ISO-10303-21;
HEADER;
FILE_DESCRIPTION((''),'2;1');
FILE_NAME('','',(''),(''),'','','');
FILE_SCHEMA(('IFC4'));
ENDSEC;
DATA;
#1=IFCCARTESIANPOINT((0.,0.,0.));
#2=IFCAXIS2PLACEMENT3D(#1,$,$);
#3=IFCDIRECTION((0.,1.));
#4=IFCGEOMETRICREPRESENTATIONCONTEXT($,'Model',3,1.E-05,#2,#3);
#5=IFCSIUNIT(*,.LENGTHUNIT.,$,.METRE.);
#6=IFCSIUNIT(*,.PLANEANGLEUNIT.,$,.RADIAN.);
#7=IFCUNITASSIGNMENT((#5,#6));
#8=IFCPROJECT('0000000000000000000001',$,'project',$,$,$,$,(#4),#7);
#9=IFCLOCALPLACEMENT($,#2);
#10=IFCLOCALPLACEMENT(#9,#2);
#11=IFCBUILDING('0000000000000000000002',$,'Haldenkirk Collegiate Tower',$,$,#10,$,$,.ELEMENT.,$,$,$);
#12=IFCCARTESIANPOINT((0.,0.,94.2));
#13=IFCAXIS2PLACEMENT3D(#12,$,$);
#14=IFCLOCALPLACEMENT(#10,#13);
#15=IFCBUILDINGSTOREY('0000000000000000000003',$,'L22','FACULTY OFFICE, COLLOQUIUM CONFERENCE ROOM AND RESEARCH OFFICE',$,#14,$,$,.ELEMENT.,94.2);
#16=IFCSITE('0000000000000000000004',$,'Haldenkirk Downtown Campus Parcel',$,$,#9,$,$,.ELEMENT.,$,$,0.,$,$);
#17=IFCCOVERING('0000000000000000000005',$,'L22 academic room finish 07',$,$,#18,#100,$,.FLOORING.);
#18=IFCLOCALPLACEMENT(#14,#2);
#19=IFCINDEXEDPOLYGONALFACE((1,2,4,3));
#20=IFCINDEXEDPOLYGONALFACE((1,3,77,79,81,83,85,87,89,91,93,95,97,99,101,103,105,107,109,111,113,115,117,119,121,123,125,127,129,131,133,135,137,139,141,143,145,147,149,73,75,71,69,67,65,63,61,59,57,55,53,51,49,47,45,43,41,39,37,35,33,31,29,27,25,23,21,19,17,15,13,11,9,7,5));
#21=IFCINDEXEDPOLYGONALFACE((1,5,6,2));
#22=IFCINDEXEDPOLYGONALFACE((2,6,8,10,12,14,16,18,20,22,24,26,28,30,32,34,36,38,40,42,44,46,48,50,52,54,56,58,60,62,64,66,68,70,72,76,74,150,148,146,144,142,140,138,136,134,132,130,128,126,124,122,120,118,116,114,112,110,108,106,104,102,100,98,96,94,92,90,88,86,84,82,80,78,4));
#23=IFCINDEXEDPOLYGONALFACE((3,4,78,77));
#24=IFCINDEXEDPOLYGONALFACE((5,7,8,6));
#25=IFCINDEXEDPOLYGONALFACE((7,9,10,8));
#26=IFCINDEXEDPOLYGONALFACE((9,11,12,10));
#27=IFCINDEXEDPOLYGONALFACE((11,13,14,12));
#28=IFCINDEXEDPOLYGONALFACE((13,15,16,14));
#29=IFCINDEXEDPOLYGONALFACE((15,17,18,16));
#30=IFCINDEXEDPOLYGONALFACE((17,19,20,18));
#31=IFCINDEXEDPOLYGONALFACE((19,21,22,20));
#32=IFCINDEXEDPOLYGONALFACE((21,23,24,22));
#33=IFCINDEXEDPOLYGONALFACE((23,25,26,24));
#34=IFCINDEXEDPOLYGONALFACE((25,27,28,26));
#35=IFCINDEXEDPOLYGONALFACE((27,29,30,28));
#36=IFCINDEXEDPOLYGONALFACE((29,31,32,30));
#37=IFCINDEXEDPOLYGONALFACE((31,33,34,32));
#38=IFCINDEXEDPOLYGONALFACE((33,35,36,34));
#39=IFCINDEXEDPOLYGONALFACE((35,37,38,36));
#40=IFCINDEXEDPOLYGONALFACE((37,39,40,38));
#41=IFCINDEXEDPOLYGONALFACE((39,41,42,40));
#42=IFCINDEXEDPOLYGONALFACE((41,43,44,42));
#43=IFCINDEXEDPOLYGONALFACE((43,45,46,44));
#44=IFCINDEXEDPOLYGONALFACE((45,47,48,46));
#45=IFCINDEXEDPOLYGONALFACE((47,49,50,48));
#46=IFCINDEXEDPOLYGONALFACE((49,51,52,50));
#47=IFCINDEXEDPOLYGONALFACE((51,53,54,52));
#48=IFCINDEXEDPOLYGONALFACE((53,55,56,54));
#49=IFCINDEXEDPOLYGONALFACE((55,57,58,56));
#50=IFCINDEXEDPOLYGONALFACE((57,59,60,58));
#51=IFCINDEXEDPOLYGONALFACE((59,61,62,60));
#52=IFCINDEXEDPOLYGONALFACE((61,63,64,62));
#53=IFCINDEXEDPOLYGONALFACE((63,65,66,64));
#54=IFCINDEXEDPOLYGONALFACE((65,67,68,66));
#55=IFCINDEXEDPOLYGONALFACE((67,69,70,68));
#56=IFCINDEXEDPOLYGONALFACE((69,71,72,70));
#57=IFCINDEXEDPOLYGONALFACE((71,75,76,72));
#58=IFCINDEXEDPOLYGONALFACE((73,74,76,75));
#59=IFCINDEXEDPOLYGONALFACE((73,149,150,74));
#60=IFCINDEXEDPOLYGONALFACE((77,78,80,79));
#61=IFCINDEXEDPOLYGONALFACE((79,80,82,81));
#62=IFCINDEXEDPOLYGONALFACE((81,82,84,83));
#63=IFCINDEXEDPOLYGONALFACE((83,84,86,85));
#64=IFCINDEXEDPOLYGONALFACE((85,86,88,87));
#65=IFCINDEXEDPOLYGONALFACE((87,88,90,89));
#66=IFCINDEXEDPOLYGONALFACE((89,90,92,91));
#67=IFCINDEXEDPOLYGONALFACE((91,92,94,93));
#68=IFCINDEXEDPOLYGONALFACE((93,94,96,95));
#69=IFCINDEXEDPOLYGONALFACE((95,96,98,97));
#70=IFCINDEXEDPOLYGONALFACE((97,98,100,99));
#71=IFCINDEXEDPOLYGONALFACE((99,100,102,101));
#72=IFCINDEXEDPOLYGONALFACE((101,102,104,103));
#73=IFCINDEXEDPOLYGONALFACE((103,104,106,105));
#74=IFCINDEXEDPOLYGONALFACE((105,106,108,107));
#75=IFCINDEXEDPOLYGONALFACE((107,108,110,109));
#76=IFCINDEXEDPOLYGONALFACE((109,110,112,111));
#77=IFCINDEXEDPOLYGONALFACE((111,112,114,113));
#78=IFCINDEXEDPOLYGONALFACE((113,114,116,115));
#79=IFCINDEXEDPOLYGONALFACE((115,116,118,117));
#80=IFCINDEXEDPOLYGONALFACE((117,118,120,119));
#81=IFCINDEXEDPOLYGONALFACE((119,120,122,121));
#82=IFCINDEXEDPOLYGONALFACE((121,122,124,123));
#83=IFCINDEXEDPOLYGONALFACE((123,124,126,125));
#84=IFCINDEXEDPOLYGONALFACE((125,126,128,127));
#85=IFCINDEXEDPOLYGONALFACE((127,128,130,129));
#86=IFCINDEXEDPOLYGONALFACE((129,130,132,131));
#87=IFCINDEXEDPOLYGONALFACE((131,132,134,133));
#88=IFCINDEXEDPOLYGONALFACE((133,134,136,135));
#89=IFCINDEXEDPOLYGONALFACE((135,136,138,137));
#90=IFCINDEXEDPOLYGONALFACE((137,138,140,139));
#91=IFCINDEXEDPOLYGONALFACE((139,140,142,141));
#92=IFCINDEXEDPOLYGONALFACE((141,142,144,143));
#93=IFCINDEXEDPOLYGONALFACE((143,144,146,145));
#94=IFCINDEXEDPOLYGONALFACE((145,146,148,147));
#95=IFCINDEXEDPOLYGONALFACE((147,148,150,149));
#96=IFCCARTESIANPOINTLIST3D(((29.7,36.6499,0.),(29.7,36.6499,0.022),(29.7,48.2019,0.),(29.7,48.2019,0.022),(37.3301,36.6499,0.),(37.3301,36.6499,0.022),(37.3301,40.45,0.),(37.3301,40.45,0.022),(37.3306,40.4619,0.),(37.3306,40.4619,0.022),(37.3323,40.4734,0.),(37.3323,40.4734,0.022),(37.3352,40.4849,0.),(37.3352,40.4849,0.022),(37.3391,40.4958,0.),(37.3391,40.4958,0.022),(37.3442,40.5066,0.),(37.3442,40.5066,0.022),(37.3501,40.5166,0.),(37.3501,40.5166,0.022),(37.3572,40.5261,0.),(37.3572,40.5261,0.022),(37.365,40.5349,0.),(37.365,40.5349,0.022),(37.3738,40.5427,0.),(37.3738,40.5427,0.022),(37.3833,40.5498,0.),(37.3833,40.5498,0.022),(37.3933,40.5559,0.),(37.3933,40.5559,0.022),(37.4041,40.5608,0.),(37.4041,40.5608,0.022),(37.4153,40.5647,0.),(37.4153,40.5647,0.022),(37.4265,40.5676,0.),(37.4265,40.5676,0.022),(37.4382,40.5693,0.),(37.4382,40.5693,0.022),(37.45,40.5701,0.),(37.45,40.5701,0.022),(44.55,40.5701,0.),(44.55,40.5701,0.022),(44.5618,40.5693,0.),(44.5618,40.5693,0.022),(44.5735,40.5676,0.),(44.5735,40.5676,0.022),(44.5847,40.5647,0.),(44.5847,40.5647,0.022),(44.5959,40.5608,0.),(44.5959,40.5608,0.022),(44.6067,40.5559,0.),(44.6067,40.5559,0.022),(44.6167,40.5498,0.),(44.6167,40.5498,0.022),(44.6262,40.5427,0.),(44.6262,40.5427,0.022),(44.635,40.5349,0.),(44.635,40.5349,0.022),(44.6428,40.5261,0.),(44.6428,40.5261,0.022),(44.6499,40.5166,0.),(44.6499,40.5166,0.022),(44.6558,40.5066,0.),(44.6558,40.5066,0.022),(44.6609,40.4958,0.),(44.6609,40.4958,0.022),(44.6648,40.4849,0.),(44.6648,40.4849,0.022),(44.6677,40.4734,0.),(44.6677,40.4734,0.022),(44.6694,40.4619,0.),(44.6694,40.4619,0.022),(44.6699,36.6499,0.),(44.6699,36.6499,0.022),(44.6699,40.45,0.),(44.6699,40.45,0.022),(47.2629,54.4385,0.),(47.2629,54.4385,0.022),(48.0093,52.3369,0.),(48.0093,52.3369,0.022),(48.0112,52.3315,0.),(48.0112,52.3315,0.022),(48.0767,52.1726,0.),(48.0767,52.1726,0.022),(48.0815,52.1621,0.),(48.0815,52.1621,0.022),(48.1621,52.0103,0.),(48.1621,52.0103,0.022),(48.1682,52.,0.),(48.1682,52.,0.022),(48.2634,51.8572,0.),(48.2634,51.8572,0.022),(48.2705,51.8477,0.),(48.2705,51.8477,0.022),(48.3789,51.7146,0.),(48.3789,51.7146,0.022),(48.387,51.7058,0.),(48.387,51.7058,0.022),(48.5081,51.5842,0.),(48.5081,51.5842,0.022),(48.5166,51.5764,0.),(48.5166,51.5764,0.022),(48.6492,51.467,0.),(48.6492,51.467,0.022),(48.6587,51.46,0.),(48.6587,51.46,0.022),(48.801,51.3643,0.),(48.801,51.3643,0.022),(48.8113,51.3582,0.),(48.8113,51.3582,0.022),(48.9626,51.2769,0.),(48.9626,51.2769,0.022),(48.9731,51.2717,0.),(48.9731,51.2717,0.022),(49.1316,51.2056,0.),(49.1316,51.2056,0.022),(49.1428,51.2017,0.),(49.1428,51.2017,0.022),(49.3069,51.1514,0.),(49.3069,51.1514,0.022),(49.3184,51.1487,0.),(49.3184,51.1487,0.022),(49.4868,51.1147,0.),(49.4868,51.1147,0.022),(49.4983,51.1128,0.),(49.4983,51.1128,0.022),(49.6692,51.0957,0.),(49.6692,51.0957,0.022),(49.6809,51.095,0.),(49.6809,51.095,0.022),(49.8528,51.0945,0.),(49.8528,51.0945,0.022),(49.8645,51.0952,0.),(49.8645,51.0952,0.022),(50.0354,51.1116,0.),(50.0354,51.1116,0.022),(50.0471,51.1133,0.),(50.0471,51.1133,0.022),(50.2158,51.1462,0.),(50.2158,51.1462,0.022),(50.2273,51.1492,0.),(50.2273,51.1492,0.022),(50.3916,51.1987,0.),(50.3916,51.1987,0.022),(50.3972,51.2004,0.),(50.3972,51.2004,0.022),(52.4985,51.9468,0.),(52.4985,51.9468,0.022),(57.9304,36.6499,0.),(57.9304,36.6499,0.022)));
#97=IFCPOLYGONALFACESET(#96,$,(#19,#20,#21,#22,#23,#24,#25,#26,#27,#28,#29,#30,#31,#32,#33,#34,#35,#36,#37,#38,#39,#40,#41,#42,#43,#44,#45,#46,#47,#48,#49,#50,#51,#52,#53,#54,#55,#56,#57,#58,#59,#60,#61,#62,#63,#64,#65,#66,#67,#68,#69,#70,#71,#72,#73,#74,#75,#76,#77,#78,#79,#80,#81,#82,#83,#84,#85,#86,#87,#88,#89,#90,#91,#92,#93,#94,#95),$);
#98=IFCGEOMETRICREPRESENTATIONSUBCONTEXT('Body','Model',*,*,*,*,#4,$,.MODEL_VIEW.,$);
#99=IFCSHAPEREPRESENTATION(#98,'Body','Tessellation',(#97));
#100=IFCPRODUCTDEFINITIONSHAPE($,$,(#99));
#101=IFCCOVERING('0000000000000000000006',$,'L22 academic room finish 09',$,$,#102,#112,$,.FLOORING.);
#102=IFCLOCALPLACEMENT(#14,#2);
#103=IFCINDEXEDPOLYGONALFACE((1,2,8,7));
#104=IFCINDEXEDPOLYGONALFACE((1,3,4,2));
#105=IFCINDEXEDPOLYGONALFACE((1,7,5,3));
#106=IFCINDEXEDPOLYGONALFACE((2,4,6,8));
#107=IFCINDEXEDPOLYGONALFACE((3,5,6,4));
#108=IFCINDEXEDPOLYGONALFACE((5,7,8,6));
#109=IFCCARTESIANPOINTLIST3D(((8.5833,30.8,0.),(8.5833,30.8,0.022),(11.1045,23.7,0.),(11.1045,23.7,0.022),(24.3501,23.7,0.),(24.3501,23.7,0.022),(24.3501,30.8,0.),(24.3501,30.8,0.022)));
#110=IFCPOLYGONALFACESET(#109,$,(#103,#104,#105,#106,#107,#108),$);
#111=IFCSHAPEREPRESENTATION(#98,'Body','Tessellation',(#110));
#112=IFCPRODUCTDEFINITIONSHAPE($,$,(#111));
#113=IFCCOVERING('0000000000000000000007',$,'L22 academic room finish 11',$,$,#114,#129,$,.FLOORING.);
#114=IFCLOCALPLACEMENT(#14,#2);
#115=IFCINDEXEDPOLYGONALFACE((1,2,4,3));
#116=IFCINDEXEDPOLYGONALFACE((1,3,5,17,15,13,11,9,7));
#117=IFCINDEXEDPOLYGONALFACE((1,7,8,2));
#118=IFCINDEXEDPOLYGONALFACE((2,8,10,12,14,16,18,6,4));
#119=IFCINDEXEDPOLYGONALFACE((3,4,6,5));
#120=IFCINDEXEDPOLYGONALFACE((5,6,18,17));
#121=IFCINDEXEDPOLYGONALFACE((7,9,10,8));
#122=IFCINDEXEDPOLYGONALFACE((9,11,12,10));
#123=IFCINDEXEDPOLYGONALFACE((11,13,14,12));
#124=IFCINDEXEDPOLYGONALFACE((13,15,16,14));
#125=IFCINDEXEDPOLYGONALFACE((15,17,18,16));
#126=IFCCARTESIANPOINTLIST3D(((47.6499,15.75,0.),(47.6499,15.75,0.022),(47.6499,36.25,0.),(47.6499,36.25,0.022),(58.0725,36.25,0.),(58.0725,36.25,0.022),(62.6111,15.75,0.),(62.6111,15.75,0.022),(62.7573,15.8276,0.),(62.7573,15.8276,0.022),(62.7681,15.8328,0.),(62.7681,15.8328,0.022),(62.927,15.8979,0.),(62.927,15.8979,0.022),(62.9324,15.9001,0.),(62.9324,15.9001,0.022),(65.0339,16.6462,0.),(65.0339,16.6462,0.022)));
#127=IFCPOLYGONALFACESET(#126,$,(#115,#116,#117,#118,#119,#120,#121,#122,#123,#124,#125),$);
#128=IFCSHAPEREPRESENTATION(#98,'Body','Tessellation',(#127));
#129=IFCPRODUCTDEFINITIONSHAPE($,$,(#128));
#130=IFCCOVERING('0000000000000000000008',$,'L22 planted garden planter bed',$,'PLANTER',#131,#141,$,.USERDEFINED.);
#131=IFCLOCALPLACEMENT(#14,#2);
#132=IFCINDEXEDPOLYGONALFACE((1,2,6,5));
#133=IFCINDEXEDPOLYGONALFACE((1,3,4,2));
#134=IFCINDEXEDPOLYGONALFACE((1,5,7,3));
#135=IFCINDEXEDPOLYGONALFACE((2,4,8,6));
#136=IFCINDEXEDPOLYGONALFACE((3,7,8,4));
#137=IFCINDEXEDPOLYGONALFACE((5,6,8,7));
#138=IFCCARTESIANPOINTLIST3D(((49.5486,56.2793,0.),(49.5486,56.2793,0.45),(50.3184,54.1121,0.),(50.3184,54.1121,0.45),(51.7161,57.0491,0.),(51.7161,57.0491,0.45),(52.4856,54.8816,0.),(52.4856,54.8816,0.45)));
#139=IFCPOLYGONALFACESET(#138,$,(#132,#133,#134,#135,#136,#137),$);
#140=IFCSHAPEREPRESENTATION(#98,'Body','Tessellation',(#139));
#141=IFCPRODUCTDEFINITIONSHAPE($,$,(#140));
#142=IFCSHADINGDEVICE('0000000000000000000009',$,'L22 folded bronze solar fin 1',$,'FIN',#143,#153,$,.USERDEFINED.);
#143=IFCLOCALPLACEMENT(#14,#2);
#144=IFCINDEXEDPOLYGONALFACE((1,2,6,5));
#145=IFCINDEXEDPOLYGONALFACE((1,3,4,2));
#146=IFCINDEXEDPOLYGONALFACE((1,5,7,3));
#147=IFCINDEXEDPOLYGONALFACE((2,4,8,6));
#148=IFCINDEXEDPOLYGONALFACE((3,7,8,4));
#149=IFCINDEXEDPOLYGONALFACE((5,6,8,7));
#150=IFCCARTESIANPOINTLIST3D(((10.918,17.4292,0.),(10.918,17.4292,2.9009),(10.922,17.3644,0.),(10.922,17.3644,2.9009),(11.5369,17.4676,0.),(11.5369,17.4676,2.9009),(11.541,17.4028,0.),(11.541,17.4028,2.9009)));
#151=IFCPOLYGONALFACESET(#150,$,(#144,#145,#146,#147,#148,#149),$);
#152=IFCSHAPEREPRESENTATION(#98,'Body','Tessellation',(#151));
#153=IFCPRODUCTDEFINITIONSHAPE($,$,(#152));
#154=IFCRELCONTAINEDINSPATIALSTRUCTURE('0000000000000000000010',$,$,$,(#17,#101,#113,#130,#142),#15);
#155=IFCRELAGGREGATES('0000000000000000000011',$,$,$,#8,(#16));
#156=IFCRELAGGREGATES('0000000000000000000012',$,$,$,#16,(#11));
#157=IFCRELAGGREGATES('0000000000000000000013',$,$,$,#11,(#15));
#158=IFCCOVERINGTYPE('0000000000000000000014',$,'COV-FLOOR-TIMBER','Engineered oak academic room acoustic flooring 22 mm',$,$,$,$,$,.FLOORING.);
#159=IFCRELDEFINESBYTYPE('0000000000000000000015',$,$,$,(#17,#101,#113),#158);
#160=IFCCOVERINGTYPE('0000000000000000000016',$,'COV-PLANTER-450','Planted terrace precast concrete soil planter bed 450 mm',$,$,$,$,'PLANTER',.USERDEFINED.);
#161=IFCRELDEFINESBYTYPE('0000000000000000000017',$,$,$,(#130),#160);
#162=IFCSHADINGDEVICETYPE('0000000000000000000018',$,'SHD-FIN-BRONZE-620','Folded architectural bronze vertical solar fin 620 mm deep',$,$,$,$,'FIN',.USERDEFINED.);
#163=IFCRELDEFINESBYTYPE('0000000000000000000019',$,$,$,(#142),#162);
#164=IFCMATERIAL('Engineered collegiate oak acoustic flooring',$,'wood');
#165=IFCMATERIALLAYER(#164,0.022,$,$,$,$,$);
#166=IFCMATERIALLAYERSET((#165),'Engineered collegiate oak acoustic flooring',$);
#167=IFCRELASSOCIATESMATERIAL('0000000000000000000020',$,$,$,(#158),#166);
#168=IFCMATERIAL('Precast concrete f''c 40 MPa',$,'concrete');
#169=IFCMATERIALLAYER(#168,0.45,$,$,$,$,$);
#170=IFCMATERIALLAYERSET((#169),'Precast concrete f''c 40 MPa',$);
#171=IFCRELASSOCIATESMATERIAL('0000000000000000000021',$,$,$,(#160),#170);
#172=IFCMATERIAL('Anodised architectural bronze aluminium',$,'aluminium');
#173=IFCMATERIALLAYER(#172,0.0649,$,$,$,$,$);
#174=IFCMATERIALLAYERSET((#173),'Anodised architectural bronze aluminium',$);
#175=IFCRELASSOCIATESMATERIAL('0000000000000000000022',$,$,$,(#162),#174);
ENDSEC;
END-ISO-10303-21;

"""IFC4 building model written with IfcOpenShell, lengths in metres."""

from ifc_helpers import new_model, si_unit, direction, frame, origin, origin_2d, place, context, subcontext, project, spatial, polyline, rectangle, outline, extrude, source, transform, mapped, material, layer, layer_set, type_object, element, save


model = new_model("IFC4")

# Units and contexts
model_context = context("Model", 3, precision=1e-05, world=origin(), true_north=direction((0.0, 1.0)))
body_context = subcontext(model_context, "Body", "Model", "MODEL_VIEW")
ifc_project = project(units=[si_unit("LENGTHUNIT", "METRE"), si_unit("PLANEANGLEUNIT", "RADIAN")], contexts=[model_context])

# Site, building, storey
site_placement = place(None, origin())
site = spatial("IfcSite", under=ifc_project, at=site_placement, Name="Haldenkirk Downtown Campus Parcel", CompositionType="ELEMENT", RefElevation=0.0)
building_placement = place(site_placement, origin())
building = spatial("IfcBuilding", under=site, at=building_placement, Name="Haldenkirk Collegiate Tower", CompositionType="ELEMENT")
storey_placement = place(building_placement, frame((0.0, 0.0, 94.2)))
storey = spatial("IfcBuildingStorey", under=building, at=storey_placement, Name="L22", Description="FACULTY OFFICE, COLLOQUIUM CONFERENCE ROOM AND RESEARCH OFFICE", CompositionType="ELEMENT", Elevation=94.2)

# Shared definitions
ifc_material_1 = material(Name="Anodised architectural bronze aluminium", Category="aluminium")

# Coverings
ifc_material_2 = material(Name="Engineered collegiate oak acoustic flooring", Category="wood")
ifc_layer_1 = layer(ifc_material_2, 0.022)
ifc_layer_set_1 = layer_set([ifc_layer_1], Name="Engineered collegiate oak acoustic flooring")
covering_type_1 = type_object("IfcCoveringType", Name="COV-FLOOR-TIMBER", Description="Engineered oak academic room acoustic flooring 22 mm", PredefinedType="FLOORING", material=ifc_layer_set_1)
covering_1_placement = place(storey_placement, origin())
element("IfcCovering", 1, at=covering_1_placement, inside=storey, type_object=covering_type_1, Name="L22 academic room finish 07", PredefinedType="FLOORING", context=body_context, shape_type="SweptSolid", body=[
    extrude(outline(polyline([(47.2629, 54.4385), (48.0093, 52.3369), (48.0112, 52.3315), (48.0767, 52.1726), (48.0815, 52.1621), (48.1621, 52.0103), (48.1682, 52.0), (48.2634, 51.8572), (48.2705, 51.8477), (48.3789, 51.7146), (48.387, 51.7058), (48.5081, 51.5842), (48.5166, 51.5764), (48.6492, 51.467), (48.6587, 51.46), (48.801, 51.3643), (48.8113, 51.3582), (48.9626, 51.2769), (48.9731, 51.2717), (49.1316, 51.2056), (49.1428, 51.2017), (49.3069, 51.1514), (49.3184, 51.1487), (49.4868, 51.1147), (49.4983, 51.1128), (49.6692, 51.0957), (49.6809, 51.095), (49.8528, 51.0945), (49.8645, 51.0952), (50.0354, 51.1116), (50.0471, 51.1133), (50.2158, 51.1462), (50.2273, 51.1492), (50.3916, 51.1987), (50.3972, 51.2004), (52.4985, 51.9468), (57.9304, 36.6499), (44.6699, 36.6499), (44.6699, 40.45), (44.6694, 40.4619), (44.6677, 40.4734), (44.6648, 40.4849), (44.6609, 40.4958), (44.6558, 40.5066), (44.6499, 40.5166), (44.6428, 40.5261), (44.635, 40.5349), (44.6262, 40.5427), (44.6167, 40.5498), (44.6067, 40.5559), (44.5959, 40.5608), (44.5847, 40.5647), (44.5735, 40.5676), (44.5618, 40.5693), (44.55, 40.5701), (37.45, 40.5701), (37.4382, 40.5693), (37.4265, 40.5676), (37.4153, 40.5647), (37.4041, 40.5608), (37.3933, 40.5559), (37.3833, 40.5498), (37.3738, 40.5427), (37.365, 40.5349), (37.3572, 40.5261), (37.3501, 40.5166), (37.3442, 40.5066), (37.3391, 40.4958), (37.3352, 40.4849), (37.3323, 40.4734), (37.3306, 40.4619), (37.3301, 40.45), (37.3301, 36.6499), (29.7, 36.6499), (29.7, 48.2019), (47.2629, 54.4385)])), origin(), (0.0, 0.0, 1.0), 0.022),
])
covering_2_placement = place(storey_placement, origin())
element("IfcCovering", 2, at=covering_2_placement, inside=storey, type_object=covering_type_1, Name="L22 academic room finish 09", PredefinedType="FLOORING", context=body_context, shape_type="SweptSolid", body=[
    extrude(outline(polyline([(8.5833, 30.8), (24.3501, 30.8), (24.3501, 23.7), (11.1045, 23.7), (8.5833, 30.8)])), origin(), (0.0, 0.0, 1.0), 0.022),
])
covering_3_placement = place(storey_placement, origin())
element("IfcCovering", 3, at=covering_3_placement, inside=storey, type_object=covering_type_1, Name="L22 academic room finish 11", PredefinedType="FLOORING", context=body_context, shape_type="SweptSolid", body=[
    extrude(outline(polyline([(62.6111, 15.75), (47.6499, 15.75), (47.6499, 36.25), (58.0725, 36.25), (65.0339, 16.6462), (62.9324, 15.9001), (62.927, 15.8979), (62.7681, 15.8328), (62.7573, 15.8276), (62.6111, 15.75)])), origin(), (0.0, 0.0, 1.0), 0.022),
])
ifc_material_3 = material(Name="Precast concrete f'c 40 MPa", Category="concrete")
ifc_layer_2 = layer(ifc_material_3, 0.45)
ifc_layer_set_2 = layer_set([ifc_layer_2], Name="Precast concrete f'c 40 MPa")
covering_type_2 = type_object("IfcCoveringType", Name="COV-PLANTER-450", Description="Planted terrace precast concrete soil planter bed 450 mm", ElementType="PLANTER", PredefinedType="USERDEFINED", material=ifc_layer_set_2)
covering_4_placement = place(storey_placement, origin())
element("IfcCovering", 4, at=covering_4_placement, inside=storey, type_object=covering_type_2, Name="L22 planted garden planter bed", ObjectType="PLANTER", PredefinedType="USERDEFINED", context=body_context, shape_type="SweptSolid", body=[
    extrude(outline(polyline([(50.3184, 54.1121), (49.5486, 56.2793), (51.7161, 57.0491), (52.4856, 54.8816), (50.3184, 54.1121)])), origin(), (0.0, 0.0, 1.0), 0.45),
])

# Shading device
ifc_layer_3 = layer(ifc_material_1, 0.0649)
ifc_layer_set_3 = layer_set([ifc_layer_3], Name="Anodised architectural bronze aluminium")
shading_device_type = type_object("IfcShadingDeviceType", Name="SHD-FIN-BRONZE-620", Description="Folded architectural bronze vertical solar fin 620 mm deep", ElementType="FIN", PredefinedType="USERDEFINED", material=ifc_layer_set_3)
shared_shape_1 = source(origin(), body_context, "Body", "SweptSolid", [
    extrude(rectangle(XDim=0.6201, YDim=0.0649, at=origin_2d()), origin(), (0.0, 0.0, 1.0), 2.9009),
])
shading_device_placement = place(storey_placement, frame((11.2295, 17.416, 0.0), z_axis=(0.0, 0.0, 1.0), x_axis=(-0.998081, -0.06192, 0.0)))
element("IfcShadingDevice", 5, at=shading_device_placement, inside=storey, type_object=shading_device_type, Name="L22 folded bronze solar fin 1", ObjectType="FIN", PredefinedType="USERDEFINED", context=body_context, shape_type="MappedRepresentation", body=[
    mapped(shared_shape_1, transform((0.0, 0.0, 0.0), x_axis=(1.0, 0.0, 0.0), y_axis=(0.0, 1.0, 0.0), z_axis=(0.0, 0.0, 1.0), scale=1.0)),
])

save(model, "model.ifc")
